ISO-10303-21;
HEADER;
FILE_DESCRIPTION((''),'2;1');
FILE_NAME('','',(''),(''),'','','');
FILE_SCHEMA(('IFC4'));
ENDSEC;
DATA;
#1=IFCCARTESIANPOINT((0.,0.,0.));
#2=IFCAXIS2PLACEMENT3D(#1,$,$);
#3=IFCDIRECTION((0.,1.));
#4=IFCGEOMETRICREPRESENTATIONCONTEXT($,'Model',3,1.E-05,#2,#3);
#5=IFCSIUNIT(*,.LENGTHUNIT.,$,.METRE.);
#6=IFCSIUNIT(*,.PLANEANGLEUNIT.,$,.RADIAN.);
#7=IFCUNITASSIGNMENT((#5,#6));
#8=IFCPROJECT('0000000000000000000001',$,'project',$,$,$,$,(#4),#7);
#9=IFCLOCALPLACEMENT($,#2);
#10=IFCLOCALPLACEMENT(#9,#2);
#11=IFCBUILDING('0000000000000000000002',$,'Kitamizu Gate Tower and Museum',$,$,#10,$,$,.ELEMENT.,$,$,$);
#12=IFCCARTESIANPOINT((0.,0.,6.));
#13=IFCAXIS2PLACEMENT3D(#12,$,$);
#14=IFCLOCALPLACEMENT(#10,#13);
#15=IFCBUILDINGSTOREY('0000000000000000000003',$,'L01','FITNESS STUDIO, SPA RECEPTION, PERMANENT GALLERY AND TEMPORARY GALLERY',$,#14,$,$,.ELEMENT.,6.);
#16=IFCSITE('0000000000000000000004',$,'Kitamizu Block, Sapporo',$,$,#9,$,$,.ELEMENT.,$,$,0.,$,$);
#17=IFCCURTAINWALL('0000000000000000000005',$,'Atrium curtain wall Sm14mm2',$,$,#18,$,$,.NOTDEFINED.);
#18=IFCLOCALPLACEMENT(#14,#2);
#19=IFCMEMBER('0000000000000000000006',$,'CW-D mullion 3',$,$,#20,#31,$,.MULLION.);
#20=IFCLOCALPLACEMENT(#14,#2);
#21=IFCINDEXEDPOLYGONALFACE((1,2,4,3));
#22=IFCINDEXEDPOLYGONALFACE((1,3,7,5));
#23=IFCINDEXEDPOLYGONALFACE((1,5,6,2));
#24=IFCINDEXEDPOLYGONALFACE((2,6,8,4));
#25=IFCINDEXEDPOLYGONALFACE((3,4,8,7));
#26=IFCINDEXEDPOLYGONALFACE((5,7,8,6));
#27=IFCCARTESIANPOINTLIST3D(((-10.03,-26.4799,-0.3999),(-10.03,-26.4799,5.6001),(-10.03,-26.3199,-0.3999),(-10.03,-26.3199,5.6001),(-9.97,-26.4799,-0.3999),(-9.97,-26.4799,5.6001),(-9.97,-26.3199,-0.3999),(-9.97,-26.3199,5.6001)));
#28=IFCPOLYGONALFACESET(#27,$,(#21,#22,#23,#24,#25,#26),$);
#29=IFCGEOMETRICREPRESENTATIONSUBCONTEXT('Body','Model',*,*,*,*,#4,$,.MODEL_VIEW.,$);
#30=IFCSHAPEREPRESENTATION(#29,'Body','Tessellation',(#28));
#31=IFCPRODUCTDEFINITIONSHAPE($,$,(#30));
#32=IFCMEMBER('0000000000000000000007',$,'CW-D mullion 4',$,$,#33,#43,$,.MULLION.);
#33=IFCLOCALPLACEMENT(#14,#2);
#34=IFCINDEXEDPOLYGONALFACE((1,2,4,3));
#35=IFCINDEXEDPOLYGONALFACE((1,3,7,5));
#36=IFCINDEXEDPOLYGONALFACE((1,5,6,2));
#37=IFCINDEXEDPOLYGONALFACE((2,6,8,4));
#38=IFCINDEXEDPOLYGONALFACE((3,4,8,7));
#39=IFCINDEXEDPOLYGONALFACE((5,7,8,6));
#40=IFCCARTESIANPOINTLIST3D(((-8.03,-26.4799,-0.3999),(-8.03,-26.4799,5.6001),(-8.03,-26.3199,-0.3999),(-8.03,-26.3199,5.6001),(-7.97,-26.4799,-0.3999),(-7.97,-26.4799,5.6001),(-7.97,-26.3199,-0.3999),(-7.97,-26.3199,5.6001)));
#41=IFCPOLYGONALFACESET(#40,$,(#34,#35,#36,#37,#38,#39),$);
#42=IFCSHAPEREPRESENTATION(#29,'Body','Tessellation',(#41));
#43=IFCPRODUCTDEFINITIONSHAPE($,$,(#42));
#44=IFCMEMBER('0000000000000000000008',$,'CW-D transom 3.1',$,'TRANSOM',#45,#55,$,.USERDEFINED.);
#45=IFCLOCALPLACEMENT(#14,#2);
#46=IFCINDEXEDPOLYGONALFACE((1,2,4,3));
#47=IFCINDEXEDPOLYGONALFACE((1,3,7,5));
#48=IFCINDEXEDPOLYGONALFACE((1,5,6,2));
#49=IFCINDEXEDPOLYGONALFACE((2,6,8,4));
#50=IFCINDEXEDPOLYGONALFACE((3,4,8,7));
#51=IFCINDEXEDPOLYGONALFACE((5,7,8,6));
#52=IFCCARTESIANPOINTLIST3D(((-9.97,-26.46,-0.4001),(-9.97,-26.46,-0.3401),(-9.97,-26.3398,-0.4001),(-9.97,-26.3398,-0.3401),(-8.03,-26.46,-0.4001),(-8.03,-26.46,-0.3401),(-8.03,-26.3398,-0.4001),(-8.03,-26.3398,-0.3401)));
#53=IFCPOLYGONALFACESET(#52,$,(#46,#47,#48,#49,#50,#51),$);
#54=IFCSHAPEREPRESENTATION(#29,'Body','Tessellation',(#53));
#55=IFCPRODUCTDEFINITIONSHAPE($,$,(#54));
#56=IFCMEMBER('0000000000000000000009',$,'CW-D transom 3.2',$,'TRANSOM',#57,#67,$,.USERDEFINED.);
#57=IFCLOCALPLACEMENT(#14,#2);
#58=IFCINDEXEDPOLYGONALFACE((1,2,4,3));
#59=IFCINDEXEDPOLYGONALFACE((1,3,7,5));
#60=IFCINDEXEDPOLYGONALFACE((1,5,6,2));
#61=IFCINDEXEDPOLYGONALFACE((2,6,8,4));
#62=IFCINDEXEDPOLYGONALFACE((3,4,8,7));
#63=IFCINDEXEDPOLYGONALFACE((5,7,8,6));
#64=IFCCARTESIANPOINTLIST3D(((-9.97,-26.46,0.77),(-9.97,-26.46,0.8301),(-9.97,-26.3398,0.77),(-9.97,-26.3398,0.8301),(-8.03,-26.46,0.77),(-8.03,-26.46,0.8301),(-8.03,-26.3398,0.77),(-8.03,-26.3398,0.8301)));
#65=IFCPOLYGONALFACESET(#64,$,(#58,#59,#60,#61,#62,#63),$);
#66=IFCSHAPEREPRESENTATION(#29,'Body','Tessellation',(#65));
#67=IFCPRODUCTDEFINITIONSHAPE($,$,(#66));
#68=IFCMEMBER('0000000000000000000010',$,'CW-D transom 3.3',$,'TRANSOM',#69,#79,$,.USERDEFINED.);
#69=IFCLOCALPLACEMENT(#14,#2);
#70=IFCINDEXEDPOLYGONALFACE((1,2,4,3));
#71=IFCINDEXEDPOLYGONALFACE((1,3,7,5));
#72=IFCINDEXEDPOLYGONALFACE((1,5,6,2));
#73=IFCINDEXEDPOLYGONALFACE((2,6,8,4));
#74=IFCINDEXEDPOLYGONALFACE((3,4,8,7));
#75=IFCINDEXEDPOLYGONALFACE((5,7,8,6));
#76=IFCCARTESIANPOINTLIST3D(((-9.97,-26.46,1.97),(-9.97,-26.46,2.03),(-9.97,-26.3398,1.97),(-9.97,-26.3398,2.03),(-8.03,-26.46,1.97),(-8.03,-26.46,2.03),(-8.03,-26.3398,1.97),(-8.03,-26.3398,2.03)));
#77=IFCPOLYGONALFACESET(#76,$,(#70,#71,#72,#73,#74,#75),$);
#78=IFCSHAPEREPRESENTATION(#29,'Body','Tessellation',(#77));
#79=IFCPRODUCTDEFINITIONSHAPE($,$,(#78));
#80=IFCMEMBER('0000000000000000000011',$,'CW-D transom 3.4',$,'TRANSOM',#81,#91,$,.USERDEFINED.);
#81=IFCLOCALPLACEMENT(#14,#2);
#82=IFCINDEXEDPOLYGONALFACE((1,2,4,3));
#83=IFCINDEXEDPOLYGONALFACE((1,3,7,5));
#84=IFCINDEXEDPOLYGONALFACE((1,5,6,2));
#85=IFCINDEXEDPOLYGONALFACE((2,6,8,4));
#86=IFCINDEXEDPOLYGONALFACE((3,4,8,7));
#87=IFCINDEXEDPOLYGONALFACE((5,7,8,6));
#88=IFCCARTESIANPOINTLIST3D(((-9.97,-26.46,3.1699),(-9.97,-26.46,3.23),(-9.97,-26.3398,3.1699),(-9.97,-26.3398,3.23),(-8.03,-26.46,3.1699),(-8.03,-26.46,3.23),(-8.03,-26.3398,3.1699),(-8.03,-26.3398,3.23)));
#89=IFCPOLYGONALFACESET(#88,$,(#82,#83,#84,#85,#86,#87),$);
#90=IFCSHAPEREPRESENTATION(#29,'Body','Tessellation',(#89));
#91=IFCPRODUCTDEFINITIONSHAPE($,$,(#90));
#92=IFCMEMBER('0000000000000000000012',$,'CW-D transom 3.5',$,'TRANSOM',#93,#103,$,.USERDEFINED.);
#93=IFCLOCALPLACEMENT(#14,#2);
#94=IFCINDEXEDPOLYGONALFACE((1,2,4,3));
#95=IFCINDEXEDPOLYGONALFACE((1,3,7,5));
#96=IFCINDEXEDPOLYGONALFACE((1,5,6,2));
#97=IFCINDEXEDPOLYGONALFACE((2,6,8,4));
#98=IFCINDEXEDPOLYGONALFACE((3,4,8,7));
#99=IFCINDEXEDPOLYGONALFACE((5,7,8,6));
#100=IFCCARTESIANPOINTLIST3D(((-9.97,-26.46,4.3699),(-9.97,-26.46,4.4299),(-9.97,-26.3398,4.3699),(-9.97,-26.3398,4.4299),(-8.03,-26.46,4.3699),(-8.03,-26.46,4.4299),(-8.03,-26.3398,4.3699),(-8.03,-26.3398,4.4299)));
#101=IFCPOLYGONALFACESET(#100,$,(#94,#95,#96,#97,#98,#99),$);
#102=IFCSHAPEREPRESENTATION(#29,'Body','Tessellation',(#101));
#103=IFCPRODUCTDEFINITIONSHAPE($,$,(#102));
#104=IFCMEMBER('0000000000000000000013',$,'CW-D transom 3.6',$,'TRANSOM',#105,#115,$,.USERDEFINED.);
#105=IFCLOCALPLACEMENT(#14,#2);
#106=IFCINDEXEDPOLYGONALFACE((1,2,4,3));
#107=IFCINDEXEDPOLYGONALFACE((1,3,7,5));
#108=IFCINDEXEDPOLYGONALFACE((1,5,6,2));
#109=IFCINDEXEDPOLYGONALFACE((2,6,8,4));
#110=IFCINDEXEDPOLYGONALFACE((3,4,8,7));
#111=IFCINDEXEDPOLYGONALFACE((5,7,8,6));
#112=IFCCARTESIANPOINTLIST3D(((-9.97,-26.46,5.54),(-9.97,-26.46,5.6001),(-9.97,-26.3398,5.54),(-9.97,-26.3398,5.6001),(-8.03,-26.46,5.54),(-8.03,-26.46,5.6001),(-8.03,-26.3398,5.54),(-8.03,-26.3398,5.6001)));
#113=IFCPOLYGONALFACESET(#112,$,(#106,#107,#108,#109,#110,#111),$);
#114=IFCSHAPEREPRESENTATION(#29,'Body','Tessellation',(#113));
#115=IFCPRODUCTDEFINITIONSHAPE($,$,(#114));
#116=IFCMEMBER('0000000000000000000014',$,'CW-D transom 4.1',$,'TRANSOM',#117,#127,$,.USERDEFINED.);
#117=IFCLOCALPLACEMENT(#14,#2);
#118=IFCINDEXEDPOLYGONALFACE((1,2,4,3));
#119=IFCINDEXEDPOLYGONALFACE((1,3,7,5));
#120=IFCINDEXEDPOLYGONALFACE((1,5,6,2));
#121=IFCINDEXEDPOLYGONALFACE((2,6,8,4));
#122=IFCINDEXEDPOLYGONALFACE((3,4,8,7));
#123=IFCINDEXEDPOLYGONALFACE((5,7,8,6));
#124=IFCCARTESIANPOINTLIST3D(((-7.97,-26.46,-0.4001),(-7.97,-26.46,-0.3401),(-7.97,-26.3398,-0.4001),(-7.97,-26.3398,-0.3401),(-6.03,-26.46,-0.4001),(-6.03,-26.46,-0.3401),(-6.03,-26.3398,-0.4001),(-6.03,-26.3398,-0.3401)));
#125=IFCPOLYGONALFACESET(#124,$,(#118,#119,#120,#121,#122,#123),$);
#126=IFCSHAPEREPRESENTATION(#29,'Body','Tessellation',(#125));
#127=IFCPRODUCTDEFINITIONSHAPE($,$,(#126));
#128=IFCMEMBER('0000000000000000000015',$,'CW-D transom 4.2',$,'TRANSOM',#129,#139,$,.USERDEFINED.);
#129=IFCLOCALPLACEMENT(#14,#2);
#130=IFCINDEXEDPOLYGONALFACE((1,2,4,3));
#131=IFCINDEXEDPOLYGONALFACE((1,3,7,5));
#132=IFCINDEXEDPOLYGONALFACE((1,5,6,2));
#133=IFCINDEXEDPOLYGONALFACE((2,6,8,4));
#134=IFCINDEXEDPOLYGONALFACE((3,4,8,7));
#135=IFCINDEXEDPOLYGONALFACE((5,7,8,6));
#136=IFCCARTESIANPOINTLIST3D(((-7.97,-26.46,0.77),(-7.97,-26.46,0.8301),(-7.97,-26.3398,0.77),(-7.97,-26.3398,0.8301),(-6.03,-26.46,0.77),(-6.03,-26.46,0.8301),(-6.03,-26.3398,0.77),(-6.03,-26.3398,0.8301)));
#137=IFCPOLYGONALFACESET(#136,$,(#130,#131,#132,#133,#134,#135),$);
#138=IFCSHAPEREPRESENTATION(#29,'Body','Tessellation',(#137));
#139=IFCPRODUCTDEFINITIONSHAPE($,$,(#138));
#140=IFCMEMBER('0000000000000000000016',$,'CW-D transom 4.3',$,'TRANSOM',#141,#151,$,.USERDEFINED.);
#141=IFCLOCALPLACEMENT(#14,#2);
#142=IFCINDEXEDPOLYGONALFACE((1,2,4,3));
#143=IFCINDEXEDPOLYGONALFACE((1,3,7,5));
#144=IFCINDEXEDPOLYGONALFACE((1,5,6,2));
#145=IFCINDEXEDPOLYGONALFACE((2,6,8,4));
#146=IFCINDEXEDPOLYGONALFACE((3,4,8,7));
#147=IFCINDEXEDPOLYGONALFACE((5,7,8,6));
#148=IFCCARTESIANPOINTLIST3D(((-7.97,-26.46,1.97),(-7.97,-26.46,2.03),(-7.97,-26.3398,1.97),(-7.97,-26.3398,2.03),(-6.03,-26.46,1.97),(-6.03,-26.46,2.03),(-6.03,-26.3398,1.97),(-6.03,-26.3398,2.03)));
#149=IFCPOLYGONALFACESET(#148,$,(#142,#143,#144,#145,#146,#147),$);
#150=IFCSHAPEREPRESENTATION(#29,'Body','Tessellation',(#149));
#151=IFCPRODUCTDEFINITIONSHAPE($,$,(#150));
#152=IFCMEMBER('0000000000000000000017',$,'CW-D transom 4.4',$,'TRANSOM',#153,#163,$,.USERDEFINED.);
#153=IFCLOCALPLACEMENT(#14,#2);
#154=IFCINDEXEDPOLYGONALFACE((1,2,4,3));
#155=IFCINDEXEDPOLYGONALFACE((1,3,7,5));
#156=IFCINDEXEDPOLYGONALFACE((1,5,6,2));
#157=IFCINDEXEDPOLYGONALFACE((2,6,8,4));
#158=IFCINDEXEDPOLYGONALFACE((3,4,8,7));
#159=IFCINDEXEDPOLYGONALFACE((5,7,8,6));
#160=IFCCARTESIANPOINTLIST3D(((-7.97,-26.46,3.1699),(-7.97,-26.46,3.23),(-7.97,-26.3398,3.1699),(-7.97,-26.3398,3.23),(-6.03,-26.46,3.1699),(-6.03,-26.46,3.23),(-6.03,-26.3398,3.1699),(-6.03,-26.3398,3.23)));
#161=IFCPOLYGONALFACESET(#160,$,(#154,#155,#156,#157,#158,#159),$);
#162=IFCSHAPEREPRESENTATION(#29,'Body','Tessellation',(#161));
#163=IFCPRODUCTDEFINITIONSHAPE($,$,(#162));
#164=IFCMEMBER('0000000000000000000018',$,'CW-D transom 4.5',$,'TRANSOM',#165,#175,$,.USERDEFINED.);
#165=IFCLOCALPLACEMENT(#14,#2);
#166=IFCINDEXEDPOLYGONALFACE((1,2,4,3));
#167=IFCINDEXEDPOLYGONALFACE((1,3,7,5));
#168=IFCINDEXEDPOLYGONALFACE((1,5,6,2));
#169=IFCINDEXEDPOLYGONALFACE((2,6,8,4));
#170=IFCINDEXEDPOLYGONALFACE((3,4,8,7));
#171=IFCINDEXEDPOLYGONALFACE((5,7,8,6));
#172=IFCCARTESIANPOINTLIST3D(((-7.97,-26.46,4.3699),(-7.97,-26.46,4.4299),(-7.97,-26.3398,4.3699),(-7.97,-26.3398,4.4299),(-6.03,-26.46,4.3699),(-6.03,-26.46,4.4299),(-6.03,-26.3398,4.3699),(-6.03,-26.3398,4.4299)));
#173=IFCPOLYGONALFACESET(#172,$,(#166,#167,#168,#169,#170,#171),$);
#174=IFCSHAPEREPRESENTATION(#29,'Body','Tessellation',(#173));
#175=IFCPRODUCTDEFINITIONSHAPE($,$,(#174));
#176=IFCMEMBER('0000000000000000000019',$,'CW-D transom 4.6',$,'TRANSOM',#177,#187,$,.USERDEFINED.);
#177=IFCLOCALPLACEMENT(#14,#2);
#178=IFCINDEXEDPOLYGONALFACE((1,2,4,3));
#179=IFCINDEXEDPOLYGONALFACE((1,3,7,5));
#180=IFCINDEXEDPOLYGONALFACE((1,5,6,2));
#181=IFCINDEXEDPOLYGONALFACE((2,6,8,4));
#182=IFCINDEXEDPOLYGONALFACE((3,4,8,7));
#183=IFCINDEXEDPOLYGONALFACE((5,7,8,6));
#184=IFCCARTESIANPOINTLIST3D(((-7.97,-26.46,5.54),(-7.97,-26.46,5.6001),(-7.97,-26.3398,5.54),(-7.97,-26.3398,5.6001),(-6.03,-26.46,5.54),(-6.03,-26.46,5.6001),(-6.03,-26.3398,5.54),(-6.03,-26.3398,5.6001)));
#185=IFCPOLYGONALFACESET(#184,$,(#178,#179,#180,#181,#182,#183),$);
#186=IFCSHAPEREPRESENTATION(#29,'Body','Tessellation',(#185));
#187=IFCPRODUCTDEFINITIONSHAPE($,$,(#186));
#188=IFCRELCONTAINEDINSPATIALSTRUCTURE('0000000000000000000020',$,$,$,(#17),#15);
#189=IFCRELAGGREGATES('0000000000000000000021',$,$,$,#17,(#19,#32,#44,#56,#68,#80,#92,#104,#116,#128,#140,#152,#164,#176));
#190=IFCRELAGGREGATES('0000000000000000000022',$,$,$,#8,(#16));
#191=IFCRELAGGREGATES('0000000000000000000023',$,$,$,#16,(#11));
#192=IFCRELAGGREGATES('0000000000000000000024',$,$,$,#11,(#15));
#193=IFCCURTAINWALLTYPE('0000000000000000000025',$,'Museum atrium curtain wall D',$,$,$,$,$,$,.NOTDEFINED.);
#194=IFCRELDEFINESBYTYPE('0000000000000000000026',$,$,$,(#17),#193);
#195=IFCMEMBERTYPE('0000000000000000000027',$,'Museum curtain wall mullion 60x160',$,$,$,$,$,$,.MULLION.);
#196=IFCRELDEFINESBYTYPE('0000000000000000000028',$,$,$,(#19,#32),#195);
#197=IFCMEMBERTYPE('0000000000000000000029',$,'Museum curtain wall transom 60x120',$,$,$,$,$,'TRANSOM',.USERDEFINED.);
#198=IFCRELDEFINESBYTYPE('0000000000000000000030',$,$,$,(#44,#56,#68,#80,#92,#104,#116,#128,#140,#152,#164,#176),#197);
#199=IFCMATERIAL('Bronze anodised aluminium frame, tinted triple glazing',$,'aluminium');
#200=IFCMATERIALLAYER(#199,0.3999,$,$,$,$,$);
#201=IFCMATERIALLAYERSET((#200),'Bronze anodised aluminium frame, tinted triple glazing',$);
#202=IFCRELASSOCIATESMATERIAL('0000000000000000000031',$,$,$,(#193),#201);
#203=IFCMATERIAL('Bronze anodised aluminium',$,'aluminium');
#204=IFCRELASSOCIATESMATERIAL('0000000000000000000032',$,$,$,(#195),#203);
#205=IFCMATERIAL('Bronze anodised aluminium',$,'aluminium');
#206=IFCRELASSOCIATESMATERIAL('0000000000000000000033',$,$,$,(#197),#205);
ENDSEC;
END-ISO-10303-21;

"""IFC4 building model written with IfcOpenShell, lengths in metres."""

from ifc_helpers import new_model, si_unit, direction, frame, origin, origin_2d, place, context, subcontext, project, spatial, rectangle, extrude, material, layer, layer_set, material_profile, profile_set, type_object, element, aggregate, save


model = new_model("IFC4")

# Units and contexts
model_context = context("Model", 3, precision=1e-05, world=origin(), true_north=direction((0.0, 1.0)))
body_context = subcontext(model_context, "Body", "Model", "MODEL_VIEW")
ifc_project = project(units=[si_unit("LENGTHUNIT", "METRE"), si_unit("PLANEANGLEUNIT", "RADIAN")], contexts=[model_context])

# Site, building, storey
site_placement = place(None, origin())
site = spatial("IfcSite", under=ifc_project, at=site_placement, Name="Kitamizu Block, Sapporo", CompositionType="ELEMENT", RefElevation=0.0)
building_placement = place(site_placement, origin())
building = spatial("IfcBuilding", under=site, at=building_placement, Name="Kitamizu Gate Tower and Museum", CompositionType="ELEMENT")
storey_placement = place(building_placement, frame((0.0, 0.0, 6.0)))
storey = spatial("IfcBuildingStorey", under=building, at=storey_placement, Name="L01", Description="FITNESS STUDIO, SPA RECEPTION, PERMANENT GALLERY AND TEMPORARY GALLERY", CompositionType="ELEMENT", Elevation=6.0)

# Curtain wall, members
ifc_material_1 = material(Name="Bronze anodised aluminium frame, tinted triple glazing", Category="aluminium")
ifc_layer_1 = layer(ifc_material_1, 0.3999)
ifc_layer_set_1 = layer_set([ifc_layer_1], Name="Bronze anodised aluminium frame, tinted triple glazing")
curtain_wall_type = type_object("IfcCurtainWallType", Name="Museum atrium curtain wall D", PredefinedType="NOTDEFINED", material=ifc_layer_set_1)
curtain_wall_placement = place(storey_placement, origin())
curtain_wall = element("IfcCurtainWall", 1, at=curtain_wall_placement, inside=storey, type_object=curtain_wall_type, Name="Atrium curtain wall Sm14mm2", PredefinedType="NOTDEFINED")
ifc_material_2 = material(Name="Bronze anodised aluminium", Category="aluminium")
ifc_material_profile_1 = material_profile(ifc_material_2, rectangle(XDim=0.0601, YDim=0.1599, at=origin_2d()), Name="60x160")
ifc_profile_set_1 = profile_set([ifc_material_profile_1], Name="Bronze anodised aluminium")
member_type_1 = type_object("IfcMemberType", Name="Museum curtain wall mullion 60x160", PredefinedType="MULLION", material=ifc_profile_set_1)
member_1_placement = place(storey_placement, frame((-10.0, -26.3999, -0.3999), z_axis=(0.0, 0.0, 1.0), x_axis=(1.0, 0.0, 0.0)))
member_1 = element("IfcMember", 2, at=member_1_placement, type_object=member_type_1, Name="CW-D mullion 3", PredefinedType="MULLION", context=body_context, shape_type="SweptSolid", body=[
    extrude(rectangle(XDim=0.0601, YDim=0.1599, at=origin_2d()), origin(), (0.0, 0.0, 1.0), 6.0),
])
member_2_placement = place(storey_placement, frame((-8.0, -26.3999, -0.3999), z_axis=(0.0, 0.0, 1.0), x_axis=(1.0, 0.0, 0.0)))
member_2 = element("IfcMember", 3, at=member_2_placement, type_object=member_type_1, Name="CW-D mullion 4", PredefinedType="MULLION", context=body_context, shape_type="SweptSolid", body=[
    extrude(rectangle(XDim=0.0601, YDim=0.1599, at=origin_2d()), origin(), (0.0, 0.0, 1.0), 6.0),
])
ifc_material_3 = material(Name="Bronze anodised aluminium", Category="aluminium")
ifc_material_profile_2 = material_profile(ifc_material_3, rectangle(XDim=0.1201, YDim=0.0601, at=origin_2d()), Name="120x60")
ifc_profile_set_2 = profile_set([ifc_material_profile_2], Name="Bronze anodised aluminium")
member_type_2 = type_object("IfcMemberType", Name="Museum curtain wall transom 60x120", ElementType="TRANSOM", PredefinedType="USERDEFINED", material=ifc_profile_set_2)
member_3_placement = place(storey_placement, frame((-9.97, -26.3999, -0.3701), z_axis=(1.0, 0.0, 0.0), x_axis=(0.0, 1.0, 0.0)))
member_3 = element("IfcMember", 4, at=member_3_placement, type_object=member_type_2, Name="CW-D transom 3.1", ObjectType="TRANSOM", PredefinedType="USERDEFINED", context=body_context, shape_type="SweptSolid", body=[
    extrude(rectangle(XDim=0.1201, YDim=0.0601, at=origin_2d()), origin(), (0.0, 0.0, 1.0), 1.9399),
])
member_4_placement = place(storey_placement, frame((-9.97, -26.3999, 0.8), z_axis=(1.0, 0.0, 0.0), x_axis=(0.0, 1.0, 0.0)))
member_4 = element("IfcMember", 5, at=member_4_placement, type_object=member_type_2, Name="CW-D transom 3.2", ObjectType="TRANSOM", PredefinedType="USERDEFINED", context=body_context, shape_type="SweptSolid", body=[
    extrude(rectangle(XDim=0.1201, YDim=0.0601, at=origin_2d()), origin(), (0.0, 0.0, 1.0), 1.9399),
])
member_5_placement = place(storey_placement, frame((-9.97, -26.3999, 2.0), z_axis=(1.0, 0.0, 0.0), x_axis=(0.0, 1.0, 0.0)))
member_5 = element("IfcMember", 6, at=member_5_placement, type_object=member_type_2, Name="CW-D transom 3.3", ObjectType="TRANSOM", PredefinedType="USERDEFINED", context=body_context, shape_type="SweptSolid", body=[
    extrude(rectangle(XDim=0.1201, YDim=0.0601, at=origin_2d()), origin(), (0.0, 0.0, 1.0), 1.9399),
])
member_6_placement = place(storey_placement, frame((-9.97, -26.3999, 3.2), z_axis=(1.0, 0.0, 0.0), x_axis=(0.0, 1.0, 0.0)))
member_6 = element("IfcMember", 7, at=member_6_placement, type_object=member_type_2, Name="CW-D transom 3.4", ObjectType="TRANSOM", PredefinedType="USERDEFINED", context=body_context, shape_type="SweptSolid", body=[
    extrude(rectangle(XDim=0.1201, YDim=0.0601, at=origin_2d()), origin(), (0.0, 0.0, 1.0), 1.9399),
])
member_7_placement = place(storey_placement, frame((-9.97, -26.3999, 4.3999), z_axis=(1.0, 0.0, 0.0), x_axis=(0.0, 1.0, 0.0)))
member_7 = element("IfcMember", 8, at=member_7_placement, type_object=member_type_2, Name="CW-D transom 3.5", ObjectType="TRANSOM", PredefinedType="USERDEFINED", context=body_context, shape_type="SweptSolid", body=[
    extrude(rectangle(XDim=0.1201, YDim=0.0601, at=origin_2d()), origin(), (0.0, 0.0, 1.0), 1.9399),
])
member_8_placement = place(storey_placement, frame((-9.97, -26.3999, 5.5701), z_axis=(1.0, 0.0, 0.0), x_axis=(0.0, 1.0, 0.0)))
member_8 = element("IfcMember", 9, at=member_8_placement, type_object=member_type_2, Name="CW-D transom 3.6", ObjectType="TRANSOM", PredefinedType="USERDEFINED", context=body_context, shape_type="SweptSolid", body=[
    extrude(rectangle(XDim=0.1201, YDim=0.0601, at=origin_2d()), origin(), (0.0, 0.0, 1.0), 1.9399),
])
member_9_placement = place(storey_placement, frame((-7.97, -26.3999, -0.3701), z_axis=(1.0, 0.0, 0.0), x_axis=(0.0, 1.0, 0.0)))
member_9 = element("IfcMember", 10, at=member_9_placement, type_object=member_type_2, Name="CW-D transom 4.1", ObjectType="TRANSOM", PredefinedType="USERDEFINED", context=body_context, shape_type="SweptSolid", body=[
    extrude(rectangle(XDim=0.1201, YDim=0.0601, at=origin_2d()), origin(), (0.0, 0.0, 1.0), 1.9399),
])
member_10_placement = place(storey_placement, frame((-7.97, -26.3999, 0.8), z_axis=(1.0, 0.0, 0.0), x_axis=(0.0, 1.0, 0.0)))
member_10 = element("IfcMember", 11, at=member_10_placement, type_object=member_type_2, Name="CW-D transom 4.2", ObjectType="TRANSOM", PredefinedType="USERDEFINED", context=body_context, shape_type="SweptSolid", body=[
    extrude(rectangle(XDim=0.1201, YDim=0.0601, at=origin_2d()), origin(), (0.0, 0.0, 1.0), 1.9399),
])
member_11_placement = place(storey_placement, frame((-7.97, -26.3999, 2.0), z_axis=(1.0, 0.0, 0.0), x_axis=(0.0, 1.0, 0.0)))
member_11 = element("IfcMember", 12, at=member_11_placement, type_object=member_type_2, Name="CW-D transom 4.3", ObjectType="TRANSOM", PredefinedType="USERDEFINED", context=body_context, shape_type="SweptSolid", body=[
    extrude(rectangle(XDim=0.1201, YDim=0.0601, at=origin_2d()), origin(), (0.0, 0.0, 1.0), 1.9399),
])
member_12_placement = place(storey_placement, frame((-7.97, -26.3999, 3.2), z_axis=(1.0, 0.0, 0.0), x_axis=(0.0, 1.0, 0.0)))
member_12 = element("IfcMember", 13, at=member_12_placement, type_object=member_type_2, Name="CW-D transom 4.4", ObjectType="TRANSOM", PredefinedType="USERDEFINED", context=body_context, shape_type="SweptSolid", body=[
    extrude(rectangle(XDim=0.1201, YDim=0.0601, at=origin_2d()), origin(), (0.0, 0.0, 1.0), 1.9399),
])
member_13_placement = place(storey_placement, frame((-7.97, -26.3999, 4.3999), z_axis=(1.0, 0.0, 0.0), x_axis=(0.0, 1.0, 0.0)))
member_13 = element("IfcMember", 14, at=member_13_placement, type_object=member_type_2, Name="CW-D transom 4.5", ObjectType="TRANSOM", PredefinedType="USERDEFINED", context=body_context, shape_type="SweptSolid", body=[
    extrude(rectangle(XDim=0.1201, YDim=0.0601, at=origin_2d()), origin(), (0.0, 0.0, 1.0), 1.9399),
])
member_14_placement = place(storey_placement, frame((-7.97, -26.3999, 5.5701), z_axis=(1.0, 0.0, 0.0), x_axis=(0.0, 1.0, 0.0)))
member_14 = element("IfcMember", 15, at=member_14_placement, type_object=member_type_2, Name="CW-D transom 4.6", ObjectType="TRANSOM", PredefinedType="USERDEFINED", context=body_context, shape_type="SweptSolid", body=[
    extrude(rectangle(XDim=0.1201, YDim=0.0601, at=origin_2d()), origin(), (0.0, 0.0, 1.0), 1.9399),
])
aggregate(curtain_wall, [member_1, member_2, member_3, member_4, member_5, member_6, member_7, member_8, member_9, member_10, member_11, member_12, member_13, member_14])

save(model, "model.ifc")
